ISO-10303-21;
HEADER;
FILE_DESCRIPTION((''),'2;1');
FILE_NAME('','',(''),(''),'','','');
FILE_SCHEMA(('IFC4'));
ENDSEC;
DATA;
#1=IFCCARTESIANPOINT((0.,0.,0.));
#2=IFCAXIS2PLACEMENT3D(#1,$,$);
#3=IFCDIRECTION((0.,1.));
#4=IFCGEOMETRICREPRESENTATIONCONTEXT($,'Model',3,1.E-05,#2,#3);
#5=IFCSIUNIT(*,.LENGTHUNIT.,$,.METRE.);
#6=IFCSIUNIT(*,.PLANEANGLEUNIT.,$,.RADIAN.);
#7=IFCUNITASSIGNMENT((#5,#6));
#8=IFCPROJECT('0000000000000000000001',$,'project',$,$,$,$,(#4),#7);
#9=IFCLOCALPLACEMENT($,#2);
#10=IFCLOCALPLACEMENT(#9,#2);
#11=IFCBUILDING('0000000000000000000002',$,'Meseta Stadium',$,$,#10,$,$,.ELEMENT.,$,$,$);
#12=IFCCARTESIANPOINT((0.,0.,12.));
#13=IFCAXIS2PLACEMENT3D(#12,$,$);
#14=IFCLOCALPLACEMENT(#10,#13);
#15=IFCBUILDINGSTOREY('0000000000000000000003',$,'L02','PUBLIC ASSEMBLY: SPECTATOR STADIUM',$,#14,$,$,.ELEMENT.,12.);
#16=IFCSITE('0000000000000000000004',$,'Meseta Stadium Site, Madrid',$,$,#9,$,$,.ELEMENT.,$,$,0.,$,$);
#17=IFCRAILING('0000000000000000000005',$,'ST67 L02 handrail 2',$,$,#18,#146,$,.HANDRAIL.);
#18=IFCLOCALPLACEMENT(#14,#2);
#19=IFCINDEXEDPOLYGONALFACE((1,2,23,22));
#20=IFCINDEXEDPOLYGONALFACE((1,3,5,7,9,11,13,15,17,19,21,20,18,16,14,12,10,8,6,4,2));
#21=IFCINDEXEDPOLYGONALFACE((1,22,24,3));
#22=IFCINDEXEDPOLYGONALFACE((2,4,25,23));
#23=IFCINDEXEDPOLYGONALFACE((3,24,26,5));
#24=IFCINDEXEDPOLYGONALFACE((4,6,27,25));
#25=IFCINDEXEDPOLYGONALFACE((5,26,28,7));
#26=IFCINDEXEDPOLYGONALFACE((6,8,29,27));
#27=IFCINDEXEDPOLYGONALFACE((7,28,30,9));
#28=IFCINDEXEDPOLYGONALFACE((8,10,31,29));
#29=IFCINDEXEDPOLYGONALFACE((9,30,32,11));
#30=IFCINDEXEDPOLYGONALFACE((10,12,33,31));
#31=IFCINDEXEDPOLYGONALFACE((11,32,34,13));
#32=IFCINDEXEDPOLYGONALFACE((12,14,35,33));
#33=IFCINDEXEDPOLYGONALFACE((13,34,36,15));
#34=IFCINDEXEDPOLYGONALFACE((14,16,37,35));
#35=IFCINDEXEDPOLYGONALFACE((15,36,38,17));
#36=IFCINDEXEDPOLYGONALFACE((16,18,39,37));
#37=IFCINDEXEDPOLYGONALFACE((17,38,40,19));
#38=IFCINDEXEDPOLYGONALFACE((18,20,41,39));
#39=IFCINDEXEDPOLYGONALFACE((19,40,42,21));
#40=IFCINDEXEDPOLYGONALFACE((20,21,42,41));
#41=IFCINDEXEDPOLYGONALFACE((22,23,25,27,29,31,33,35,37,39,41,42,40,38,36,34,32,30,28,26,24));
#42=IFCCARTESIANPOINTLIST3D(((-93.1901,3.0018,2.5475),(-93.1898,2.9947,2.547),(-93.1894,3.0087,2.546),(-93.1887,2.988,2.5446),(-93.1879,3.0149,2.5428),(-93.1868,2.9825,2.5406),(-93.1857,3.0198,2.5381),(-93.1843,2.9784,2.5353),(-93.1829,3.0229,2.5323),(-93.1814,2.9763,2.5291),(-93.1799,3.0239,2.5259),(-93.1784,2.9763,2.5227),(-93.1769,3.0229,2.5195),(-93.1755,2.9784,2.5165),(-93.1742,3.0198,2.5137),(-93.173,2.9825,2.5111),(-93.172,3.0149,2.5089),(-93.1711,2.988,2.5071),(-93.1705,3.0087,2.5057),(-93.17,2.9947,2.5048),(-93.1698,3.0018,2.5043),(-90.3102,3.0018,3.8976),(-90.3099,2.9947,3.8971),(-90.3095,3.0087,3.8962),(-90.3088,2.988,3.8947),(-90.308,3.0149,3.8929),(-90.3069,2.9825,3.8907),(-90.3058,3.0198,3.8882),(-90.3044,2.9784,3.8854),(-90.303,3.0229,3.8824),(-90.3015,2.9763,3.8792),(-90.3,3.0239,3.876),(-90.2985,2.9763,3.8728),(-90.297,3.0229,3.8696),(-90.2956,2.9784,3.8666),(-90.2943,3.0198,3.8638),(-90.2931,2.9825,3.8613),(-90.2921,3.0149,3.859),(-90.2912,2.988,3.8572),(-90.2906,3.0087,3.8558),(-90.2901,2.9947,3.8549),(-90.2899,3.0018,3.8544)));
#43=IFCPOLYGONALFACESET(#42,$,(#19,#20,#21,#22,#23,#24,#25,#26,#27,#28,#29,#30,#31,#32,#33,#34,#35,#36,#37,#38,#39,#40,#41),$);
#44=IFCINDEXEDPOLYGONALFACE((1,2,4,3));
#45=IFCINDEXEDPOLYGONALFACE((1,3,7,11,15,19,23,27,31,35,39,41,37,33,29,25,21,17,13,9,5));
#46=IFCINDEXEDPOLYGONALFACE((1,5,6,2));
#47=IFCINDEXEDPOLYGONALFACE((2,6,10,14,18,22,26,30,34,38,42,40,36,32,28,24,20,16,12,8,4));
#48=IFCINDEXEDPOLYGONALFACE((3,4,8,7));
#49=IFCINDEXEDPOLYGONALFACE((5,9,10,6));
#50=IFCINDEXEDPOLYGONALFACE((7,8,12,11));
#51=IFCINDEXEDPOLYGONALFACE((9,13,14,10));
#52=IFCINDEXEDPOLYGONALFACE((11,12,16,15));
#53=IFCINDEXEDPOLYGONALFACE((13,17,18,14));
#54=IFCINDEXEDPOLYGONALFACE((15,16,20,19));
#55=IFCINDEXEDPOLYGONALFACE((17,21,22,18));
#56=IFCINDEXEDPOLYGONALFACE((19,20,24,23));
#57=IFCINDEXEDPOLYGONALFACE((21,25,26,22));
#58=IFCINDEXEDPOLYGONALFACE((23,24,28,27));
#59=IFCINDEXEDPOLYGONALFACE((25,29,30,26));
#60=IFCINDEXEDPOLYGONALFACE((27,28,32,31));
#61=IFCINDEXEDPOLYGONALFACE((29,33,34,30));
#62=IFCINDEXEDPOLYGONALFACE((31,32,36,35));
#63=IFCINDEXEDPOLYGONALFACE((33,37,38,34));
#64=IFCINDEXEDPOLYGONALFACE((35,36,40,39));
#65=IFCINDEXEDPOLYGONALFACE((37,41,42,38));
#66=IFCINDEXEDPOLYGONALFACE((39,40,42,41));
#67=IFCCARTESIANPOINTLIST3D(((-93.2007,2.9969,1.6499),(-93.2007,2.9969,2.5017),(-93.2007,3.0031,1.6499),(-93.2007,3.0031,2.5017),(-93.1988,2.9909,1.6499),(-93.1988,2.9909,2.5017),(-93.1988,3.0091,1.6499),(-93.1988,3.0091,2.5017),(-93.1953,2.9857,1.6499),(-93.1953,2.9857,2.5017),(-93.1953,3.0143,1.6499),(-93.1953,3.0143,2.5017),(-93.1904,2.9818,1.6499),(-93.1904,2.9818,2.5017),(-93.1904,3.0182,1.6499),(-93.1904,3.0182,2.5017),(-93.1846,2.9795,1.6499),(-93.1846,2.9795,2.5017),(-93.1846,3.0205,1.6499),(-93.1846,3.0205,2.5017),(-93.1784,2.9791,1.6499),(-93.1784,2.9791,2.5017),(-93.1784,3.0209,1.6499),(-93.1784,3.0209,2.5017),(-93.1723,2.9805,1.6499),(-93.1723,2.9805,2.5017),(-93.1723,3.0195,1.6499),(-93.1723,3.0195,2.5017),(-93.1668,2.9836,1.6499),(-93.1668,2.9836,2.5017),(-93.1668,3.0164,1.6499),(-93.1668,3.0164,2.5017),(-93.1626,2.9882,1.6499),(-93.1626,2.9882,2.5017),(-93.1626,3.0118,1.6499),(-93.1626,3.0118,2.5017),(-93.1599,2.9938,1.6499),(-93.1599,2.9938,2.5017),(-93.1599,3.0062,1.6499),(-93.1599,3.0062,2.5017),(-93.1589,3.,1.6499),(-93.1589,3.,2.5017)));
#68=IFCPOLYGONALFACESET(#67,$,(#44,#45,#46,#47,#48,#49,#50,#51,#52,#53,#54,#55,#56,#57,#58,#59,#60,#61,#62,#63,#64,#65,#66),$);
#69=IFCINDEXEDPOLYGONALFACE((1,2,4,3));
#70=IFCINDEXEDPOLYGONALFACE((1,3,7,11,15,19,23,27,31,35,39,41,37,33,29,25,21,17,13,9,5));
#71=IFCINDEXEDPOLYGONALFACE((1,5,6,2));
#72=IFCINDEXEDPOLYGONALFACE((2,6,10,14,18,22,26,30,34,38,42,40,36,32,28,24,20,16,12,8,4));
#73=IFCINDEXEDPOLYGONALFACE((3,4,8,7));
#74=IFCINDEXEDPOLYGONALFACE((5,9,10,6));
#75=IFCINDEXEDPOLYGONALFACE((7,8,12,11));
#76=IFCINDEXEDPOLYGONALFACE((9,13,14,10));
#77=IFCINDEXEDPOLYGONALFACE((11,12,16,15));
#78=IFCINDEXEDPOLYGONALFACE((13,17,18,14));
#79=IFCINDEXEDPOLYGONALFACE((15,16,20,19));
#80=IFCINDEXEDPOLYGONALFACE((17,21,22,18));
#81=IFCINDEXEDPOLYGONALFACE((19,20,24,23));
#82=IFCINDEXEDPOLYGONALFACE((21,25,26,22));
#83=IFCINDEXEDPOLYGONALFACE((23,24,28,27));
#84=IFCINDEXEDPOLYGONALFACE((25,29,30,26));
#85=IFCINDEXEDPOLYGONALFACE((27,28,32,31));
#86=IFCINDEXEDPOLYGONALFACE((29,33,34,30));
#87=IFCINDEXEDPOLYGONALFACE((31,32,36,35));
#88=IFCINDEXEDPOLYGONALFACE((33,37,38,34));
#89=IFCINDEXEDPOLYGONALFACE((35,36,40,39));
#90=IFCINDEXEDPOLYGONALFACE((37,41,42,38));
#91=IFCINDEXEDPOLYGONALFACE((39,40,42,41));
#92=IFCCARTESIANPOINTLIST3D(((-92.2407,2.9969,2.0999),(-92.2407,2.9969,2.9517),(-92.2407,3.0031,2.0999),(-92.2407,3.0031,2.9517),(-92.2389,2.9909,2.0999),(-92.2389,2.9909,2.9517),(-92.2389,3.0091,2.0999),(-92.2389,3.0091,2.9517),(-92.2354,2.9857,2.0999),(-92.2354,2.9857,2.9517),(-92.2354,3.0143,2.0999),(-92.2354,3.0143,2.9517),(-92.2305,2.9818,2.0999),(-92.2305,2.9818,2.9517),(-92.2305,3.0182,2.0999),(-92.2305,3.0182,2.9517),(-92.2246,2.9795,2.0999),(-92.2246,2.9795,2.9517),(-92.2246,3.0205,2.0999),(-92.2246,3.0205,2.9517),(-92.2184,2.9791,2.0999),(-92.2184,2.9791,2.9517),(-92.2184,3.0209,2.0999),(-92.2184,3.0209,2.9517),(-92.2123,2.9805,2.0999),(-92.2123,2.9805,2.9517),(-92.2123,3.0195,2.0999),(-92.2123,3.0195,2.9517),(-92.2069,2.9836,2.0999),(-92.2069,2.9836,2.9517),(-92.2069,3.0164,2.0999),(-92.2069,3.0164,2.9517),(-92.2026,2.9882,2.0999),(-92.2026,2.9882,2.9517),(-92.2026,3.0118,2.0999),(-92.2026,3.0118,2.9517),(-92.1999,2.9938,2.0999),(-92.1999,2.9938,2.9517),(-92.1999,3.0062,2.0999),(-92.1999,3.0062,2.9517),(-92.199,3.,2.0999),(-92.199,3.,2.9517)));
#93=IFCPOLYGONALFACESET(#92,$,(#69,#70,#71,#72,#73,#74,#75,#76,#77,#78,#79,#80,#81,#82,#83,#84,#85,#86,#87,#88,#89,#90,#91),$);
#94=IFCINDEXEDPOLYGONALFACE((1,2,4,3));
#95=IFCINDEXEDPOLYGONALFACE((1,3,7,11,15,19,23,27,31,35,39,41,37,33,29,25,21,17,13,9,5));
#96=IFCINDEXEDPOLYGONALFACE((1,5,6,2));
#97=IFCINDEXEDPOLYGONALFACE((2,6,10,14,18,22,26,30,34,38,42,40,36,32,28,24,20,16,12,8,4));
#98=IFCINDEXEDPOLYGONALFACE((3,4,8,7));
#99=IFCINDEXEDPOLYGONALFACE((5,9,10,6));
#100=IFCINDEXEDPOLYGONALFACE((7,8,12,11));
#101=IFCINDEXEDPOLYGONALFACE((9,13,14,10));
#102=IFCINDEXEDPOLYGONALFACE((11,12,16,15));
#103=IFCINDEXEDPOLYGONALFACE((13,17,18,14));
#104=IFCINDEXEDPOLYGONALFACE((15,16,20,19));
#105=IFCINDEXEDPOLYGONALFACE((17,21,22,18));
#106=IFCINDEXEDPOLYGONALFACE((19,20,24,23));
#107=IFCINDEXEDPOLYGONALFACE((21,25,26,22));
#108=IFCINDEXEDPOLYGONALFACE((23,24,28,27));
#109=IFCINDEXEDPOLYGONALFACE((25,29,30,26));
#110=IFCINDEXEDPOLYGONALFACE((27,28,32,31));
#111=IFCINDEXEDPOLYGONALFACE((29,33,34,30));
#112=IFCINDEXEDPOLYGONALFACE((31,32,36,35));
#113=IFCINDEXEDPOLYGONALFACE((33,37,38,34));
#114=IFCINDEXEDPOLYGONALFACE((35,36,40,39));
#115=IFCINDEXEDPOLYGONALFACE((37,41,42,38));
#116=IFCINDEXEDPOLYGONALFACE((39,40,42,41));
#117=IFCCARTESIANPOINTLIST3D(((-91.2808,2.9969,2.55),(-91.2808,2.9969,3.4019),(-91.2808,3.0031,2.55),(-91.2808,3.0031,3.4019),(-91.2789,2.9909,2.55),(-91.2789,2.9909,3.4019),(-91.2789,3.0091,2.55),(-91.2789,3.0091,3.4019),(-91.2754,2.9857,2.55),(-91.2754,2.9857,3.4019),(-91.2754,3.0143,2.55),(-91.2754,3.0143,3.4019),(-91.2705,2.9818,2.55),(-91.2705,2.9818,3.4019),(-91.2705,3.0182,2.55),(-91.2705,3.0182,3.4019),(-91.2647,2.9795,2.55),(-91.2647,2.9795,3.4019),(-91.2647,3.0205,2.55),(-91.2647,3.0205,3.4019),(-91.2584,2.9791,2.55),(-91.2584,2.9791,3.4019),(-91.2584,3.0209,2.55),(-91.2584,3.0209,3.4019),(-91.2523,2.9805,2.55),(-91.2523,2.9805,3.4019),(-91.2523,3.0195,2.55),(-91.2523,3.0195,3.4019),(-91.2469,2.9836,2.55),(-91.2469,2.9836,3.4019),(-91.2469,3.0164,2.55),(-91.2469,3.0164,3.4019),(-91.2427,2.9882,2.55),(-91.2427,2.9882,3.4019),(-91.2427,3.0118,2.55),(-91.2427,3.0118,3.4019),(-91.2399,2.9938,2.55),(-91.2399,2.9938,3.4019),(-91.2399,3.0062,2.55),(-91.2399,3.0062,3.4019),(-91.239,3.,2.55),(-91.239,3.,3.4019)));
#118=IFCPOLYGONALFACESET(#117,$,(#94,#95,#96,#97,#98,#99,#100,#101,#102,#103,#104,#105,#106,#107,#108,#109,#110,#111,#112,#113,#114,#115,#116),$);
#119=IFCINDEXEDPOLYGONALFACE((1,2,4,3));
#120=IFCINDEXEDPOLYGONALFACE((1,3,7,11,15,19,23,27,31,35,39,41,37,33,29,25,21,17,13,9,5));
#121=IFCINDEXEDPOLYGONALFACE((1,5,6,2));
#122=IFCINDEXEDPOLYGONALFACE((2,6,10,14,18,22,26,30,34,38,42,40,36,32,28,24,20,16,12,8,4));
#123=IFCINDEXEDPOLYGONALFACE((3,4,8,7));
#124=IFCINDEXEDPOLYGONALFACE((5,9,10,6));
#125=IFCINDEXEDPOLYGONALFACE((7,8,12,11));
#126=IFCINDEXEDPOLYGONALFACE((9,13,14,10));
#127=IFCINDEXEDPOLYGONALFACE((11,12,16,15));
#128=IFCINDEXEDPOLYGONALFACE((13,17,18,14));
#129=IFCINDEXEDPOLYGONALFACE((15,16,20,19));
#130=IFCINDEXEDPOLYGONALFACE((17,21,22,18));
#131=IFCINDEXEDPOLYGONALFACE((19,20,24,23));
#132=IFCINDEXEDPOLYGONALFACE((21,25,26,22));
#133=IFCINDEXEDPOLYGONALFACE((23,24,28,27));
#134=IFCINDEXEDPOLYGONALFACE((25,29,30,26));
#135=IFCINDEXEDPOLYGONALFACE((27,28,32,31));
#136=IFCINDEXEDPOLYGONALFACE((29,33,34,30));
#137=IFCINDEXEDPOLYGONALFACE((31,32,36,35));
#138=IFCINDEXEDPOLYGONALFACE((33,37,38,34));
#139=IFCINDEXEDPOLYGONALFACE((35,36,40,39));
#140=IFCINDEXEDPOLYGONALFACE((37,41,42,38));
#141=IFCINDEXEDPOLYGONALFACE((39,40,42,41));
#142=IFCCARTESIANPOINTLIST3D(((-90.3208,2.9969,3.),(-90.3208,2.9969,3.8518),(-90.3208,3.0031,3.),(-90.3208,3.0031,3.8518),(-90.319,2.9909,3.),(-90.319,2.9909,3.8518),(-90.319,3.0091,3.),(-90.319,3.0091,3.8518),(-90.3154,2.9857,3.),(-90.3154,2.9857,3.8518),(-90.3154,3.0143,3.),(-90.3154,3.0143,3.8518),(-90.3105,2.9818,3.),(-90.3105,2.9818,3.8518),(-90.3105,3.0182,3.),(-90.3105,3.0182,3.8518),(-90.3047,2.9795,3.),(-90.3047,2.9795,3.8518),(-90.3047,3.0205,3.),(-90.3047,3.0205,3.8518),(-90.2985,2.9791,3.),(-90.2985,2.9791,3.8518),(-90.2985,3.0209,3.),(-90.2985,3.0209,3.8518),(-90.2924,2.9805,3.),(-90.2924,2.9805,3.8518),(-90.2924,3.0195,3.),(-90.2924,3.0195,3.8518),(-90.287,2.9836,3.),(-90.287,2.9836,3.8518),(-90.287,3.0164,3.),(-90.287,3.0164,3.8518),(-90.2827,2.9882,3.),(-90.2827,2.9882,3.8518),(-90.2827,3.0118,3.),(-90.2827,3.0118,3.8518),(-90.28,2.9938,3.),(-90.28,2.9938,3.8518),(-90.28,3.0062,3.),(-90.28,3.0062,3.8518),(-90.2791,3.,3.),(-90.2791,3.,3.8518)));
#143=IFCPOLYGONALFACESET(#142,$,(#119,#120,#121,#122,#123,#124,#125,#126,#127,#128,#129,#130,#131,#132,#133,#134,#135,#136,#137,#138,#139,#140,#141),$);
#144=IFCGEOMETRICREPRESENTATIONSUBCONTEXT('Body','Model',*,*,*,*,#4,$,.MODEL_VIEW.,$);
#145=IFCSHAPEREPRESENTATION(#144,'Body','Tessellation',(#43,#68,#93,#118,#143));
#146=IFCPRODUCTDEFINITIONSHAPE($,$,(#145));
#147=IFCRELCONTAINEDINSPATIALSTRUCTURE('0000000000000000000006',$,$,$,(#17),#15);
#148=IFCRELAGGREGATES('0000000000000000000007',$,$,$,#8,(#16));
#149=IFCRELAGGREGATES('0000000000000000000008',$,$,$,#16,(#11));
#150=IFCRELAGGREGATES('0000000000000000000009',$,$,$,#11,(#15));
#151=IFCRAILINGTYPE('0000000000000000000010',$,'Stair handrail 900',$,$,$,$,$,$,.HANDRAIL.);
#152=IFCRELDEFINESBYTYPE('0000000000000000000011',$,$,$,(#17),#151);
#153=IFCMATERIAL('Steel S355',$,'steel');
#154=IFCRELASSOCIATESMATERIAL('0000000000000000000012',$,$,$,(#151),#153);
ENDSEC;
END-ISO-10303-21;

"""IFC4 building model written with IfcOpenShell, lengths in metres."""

from ifc_helpers import new_model, si_unit, direction, frame, origin, origin_2d, place, context, subcontext, project, spatial, circle, extrude, material, type_object, element, save


model = new_model("IFC4")

# Units and contexts
model_context = context("Model", 3, precision=1e-05, world=origin(), true_north=direction((0.0, 1.0)))
body_context = subcontext(model_context, "Body", "Model", "MODEL_VIEW")
ifc_project = project(units=[si_unit("LENGTHUNIT", "METRE"), si_unit("PLANEANGLEUNIT", "RADIAN")], contexts=[model_context])

# Site, building, storey
site_placement = place(None, origin())
site = spatial("IfcSite", under=ifc_project, at=site_placement, Name="Meseta Stadium Site, Madrid", CompositionType="ELEMENT", RefElevation=0.0)
building_placement = place(site_placement, origin())
building = spatial("IfcBuilding", under=site, at=building_placement, Name="Meseta Stadium", CompositionType="ELEMENT")
storey_placement = place(building_placement, frame((0.0, 0.0, 12.0)))
storey = spatial("IfcBuildingStorey", under=building, at=storey_placement, Name="L02", Description="PUBLIC ASSEMBLY: SPECTATOR STADIUM", CompositionType="ELEMENT", Elevation=12.0)

# Railing
ifc_material_1 = material(Name="Steel S355", Category="steel")
railing_type_1 = type_object("IfcRailingType", Name="Stair handrail 900", PredefinedType="HANDRAIL", material=ifc_material_1)
for number, where, name in (
    (1, (-93.1799, 3.0, 1.6499), "ST67 L02 handrail 2"),
):
    element("IfcRailing", number, at=place(storey_placement, frame(where)), inside=storey, type_object=railing_type_1, Name=name, PredefinedType="HANDRAIL", context=body_context, shape_type="SweptSolid", body=[
        extrude(circle(Radius=0.0239, at=origin_2d()), frame((0.0, 0.0, 0.876), z_axis=(0.90544, 0.0, 0.424473), x_axis=(0.0, 1.0, 0.0)), (0.0, 0.0, 1.0), 3.1807),
        extrude(circle(Radius=0.021, at=origin_2d()), origin(), (0.0, 0.0, 1.0), 0.8518),
        extrude(circle(Radius=0.021, at=origin_2d()), frame((0.96, 0.0, 0.45)), (0.0, 0.0, 1.0), 0.8518),
        extrude(circle(Radius=0.021, at=origin_2d()), frame((1.9199, 0.0, 0.9001)), (0.0, 0.0, 1.0), 0.8518),
        extrude(circle(Radius=0.021, at=origin_2d()), frame((2.8799, 0.0, 1.3501)), (0.0, 0.0, 1.0), 0.8518),
    ])

save(model, "model.ifc")
